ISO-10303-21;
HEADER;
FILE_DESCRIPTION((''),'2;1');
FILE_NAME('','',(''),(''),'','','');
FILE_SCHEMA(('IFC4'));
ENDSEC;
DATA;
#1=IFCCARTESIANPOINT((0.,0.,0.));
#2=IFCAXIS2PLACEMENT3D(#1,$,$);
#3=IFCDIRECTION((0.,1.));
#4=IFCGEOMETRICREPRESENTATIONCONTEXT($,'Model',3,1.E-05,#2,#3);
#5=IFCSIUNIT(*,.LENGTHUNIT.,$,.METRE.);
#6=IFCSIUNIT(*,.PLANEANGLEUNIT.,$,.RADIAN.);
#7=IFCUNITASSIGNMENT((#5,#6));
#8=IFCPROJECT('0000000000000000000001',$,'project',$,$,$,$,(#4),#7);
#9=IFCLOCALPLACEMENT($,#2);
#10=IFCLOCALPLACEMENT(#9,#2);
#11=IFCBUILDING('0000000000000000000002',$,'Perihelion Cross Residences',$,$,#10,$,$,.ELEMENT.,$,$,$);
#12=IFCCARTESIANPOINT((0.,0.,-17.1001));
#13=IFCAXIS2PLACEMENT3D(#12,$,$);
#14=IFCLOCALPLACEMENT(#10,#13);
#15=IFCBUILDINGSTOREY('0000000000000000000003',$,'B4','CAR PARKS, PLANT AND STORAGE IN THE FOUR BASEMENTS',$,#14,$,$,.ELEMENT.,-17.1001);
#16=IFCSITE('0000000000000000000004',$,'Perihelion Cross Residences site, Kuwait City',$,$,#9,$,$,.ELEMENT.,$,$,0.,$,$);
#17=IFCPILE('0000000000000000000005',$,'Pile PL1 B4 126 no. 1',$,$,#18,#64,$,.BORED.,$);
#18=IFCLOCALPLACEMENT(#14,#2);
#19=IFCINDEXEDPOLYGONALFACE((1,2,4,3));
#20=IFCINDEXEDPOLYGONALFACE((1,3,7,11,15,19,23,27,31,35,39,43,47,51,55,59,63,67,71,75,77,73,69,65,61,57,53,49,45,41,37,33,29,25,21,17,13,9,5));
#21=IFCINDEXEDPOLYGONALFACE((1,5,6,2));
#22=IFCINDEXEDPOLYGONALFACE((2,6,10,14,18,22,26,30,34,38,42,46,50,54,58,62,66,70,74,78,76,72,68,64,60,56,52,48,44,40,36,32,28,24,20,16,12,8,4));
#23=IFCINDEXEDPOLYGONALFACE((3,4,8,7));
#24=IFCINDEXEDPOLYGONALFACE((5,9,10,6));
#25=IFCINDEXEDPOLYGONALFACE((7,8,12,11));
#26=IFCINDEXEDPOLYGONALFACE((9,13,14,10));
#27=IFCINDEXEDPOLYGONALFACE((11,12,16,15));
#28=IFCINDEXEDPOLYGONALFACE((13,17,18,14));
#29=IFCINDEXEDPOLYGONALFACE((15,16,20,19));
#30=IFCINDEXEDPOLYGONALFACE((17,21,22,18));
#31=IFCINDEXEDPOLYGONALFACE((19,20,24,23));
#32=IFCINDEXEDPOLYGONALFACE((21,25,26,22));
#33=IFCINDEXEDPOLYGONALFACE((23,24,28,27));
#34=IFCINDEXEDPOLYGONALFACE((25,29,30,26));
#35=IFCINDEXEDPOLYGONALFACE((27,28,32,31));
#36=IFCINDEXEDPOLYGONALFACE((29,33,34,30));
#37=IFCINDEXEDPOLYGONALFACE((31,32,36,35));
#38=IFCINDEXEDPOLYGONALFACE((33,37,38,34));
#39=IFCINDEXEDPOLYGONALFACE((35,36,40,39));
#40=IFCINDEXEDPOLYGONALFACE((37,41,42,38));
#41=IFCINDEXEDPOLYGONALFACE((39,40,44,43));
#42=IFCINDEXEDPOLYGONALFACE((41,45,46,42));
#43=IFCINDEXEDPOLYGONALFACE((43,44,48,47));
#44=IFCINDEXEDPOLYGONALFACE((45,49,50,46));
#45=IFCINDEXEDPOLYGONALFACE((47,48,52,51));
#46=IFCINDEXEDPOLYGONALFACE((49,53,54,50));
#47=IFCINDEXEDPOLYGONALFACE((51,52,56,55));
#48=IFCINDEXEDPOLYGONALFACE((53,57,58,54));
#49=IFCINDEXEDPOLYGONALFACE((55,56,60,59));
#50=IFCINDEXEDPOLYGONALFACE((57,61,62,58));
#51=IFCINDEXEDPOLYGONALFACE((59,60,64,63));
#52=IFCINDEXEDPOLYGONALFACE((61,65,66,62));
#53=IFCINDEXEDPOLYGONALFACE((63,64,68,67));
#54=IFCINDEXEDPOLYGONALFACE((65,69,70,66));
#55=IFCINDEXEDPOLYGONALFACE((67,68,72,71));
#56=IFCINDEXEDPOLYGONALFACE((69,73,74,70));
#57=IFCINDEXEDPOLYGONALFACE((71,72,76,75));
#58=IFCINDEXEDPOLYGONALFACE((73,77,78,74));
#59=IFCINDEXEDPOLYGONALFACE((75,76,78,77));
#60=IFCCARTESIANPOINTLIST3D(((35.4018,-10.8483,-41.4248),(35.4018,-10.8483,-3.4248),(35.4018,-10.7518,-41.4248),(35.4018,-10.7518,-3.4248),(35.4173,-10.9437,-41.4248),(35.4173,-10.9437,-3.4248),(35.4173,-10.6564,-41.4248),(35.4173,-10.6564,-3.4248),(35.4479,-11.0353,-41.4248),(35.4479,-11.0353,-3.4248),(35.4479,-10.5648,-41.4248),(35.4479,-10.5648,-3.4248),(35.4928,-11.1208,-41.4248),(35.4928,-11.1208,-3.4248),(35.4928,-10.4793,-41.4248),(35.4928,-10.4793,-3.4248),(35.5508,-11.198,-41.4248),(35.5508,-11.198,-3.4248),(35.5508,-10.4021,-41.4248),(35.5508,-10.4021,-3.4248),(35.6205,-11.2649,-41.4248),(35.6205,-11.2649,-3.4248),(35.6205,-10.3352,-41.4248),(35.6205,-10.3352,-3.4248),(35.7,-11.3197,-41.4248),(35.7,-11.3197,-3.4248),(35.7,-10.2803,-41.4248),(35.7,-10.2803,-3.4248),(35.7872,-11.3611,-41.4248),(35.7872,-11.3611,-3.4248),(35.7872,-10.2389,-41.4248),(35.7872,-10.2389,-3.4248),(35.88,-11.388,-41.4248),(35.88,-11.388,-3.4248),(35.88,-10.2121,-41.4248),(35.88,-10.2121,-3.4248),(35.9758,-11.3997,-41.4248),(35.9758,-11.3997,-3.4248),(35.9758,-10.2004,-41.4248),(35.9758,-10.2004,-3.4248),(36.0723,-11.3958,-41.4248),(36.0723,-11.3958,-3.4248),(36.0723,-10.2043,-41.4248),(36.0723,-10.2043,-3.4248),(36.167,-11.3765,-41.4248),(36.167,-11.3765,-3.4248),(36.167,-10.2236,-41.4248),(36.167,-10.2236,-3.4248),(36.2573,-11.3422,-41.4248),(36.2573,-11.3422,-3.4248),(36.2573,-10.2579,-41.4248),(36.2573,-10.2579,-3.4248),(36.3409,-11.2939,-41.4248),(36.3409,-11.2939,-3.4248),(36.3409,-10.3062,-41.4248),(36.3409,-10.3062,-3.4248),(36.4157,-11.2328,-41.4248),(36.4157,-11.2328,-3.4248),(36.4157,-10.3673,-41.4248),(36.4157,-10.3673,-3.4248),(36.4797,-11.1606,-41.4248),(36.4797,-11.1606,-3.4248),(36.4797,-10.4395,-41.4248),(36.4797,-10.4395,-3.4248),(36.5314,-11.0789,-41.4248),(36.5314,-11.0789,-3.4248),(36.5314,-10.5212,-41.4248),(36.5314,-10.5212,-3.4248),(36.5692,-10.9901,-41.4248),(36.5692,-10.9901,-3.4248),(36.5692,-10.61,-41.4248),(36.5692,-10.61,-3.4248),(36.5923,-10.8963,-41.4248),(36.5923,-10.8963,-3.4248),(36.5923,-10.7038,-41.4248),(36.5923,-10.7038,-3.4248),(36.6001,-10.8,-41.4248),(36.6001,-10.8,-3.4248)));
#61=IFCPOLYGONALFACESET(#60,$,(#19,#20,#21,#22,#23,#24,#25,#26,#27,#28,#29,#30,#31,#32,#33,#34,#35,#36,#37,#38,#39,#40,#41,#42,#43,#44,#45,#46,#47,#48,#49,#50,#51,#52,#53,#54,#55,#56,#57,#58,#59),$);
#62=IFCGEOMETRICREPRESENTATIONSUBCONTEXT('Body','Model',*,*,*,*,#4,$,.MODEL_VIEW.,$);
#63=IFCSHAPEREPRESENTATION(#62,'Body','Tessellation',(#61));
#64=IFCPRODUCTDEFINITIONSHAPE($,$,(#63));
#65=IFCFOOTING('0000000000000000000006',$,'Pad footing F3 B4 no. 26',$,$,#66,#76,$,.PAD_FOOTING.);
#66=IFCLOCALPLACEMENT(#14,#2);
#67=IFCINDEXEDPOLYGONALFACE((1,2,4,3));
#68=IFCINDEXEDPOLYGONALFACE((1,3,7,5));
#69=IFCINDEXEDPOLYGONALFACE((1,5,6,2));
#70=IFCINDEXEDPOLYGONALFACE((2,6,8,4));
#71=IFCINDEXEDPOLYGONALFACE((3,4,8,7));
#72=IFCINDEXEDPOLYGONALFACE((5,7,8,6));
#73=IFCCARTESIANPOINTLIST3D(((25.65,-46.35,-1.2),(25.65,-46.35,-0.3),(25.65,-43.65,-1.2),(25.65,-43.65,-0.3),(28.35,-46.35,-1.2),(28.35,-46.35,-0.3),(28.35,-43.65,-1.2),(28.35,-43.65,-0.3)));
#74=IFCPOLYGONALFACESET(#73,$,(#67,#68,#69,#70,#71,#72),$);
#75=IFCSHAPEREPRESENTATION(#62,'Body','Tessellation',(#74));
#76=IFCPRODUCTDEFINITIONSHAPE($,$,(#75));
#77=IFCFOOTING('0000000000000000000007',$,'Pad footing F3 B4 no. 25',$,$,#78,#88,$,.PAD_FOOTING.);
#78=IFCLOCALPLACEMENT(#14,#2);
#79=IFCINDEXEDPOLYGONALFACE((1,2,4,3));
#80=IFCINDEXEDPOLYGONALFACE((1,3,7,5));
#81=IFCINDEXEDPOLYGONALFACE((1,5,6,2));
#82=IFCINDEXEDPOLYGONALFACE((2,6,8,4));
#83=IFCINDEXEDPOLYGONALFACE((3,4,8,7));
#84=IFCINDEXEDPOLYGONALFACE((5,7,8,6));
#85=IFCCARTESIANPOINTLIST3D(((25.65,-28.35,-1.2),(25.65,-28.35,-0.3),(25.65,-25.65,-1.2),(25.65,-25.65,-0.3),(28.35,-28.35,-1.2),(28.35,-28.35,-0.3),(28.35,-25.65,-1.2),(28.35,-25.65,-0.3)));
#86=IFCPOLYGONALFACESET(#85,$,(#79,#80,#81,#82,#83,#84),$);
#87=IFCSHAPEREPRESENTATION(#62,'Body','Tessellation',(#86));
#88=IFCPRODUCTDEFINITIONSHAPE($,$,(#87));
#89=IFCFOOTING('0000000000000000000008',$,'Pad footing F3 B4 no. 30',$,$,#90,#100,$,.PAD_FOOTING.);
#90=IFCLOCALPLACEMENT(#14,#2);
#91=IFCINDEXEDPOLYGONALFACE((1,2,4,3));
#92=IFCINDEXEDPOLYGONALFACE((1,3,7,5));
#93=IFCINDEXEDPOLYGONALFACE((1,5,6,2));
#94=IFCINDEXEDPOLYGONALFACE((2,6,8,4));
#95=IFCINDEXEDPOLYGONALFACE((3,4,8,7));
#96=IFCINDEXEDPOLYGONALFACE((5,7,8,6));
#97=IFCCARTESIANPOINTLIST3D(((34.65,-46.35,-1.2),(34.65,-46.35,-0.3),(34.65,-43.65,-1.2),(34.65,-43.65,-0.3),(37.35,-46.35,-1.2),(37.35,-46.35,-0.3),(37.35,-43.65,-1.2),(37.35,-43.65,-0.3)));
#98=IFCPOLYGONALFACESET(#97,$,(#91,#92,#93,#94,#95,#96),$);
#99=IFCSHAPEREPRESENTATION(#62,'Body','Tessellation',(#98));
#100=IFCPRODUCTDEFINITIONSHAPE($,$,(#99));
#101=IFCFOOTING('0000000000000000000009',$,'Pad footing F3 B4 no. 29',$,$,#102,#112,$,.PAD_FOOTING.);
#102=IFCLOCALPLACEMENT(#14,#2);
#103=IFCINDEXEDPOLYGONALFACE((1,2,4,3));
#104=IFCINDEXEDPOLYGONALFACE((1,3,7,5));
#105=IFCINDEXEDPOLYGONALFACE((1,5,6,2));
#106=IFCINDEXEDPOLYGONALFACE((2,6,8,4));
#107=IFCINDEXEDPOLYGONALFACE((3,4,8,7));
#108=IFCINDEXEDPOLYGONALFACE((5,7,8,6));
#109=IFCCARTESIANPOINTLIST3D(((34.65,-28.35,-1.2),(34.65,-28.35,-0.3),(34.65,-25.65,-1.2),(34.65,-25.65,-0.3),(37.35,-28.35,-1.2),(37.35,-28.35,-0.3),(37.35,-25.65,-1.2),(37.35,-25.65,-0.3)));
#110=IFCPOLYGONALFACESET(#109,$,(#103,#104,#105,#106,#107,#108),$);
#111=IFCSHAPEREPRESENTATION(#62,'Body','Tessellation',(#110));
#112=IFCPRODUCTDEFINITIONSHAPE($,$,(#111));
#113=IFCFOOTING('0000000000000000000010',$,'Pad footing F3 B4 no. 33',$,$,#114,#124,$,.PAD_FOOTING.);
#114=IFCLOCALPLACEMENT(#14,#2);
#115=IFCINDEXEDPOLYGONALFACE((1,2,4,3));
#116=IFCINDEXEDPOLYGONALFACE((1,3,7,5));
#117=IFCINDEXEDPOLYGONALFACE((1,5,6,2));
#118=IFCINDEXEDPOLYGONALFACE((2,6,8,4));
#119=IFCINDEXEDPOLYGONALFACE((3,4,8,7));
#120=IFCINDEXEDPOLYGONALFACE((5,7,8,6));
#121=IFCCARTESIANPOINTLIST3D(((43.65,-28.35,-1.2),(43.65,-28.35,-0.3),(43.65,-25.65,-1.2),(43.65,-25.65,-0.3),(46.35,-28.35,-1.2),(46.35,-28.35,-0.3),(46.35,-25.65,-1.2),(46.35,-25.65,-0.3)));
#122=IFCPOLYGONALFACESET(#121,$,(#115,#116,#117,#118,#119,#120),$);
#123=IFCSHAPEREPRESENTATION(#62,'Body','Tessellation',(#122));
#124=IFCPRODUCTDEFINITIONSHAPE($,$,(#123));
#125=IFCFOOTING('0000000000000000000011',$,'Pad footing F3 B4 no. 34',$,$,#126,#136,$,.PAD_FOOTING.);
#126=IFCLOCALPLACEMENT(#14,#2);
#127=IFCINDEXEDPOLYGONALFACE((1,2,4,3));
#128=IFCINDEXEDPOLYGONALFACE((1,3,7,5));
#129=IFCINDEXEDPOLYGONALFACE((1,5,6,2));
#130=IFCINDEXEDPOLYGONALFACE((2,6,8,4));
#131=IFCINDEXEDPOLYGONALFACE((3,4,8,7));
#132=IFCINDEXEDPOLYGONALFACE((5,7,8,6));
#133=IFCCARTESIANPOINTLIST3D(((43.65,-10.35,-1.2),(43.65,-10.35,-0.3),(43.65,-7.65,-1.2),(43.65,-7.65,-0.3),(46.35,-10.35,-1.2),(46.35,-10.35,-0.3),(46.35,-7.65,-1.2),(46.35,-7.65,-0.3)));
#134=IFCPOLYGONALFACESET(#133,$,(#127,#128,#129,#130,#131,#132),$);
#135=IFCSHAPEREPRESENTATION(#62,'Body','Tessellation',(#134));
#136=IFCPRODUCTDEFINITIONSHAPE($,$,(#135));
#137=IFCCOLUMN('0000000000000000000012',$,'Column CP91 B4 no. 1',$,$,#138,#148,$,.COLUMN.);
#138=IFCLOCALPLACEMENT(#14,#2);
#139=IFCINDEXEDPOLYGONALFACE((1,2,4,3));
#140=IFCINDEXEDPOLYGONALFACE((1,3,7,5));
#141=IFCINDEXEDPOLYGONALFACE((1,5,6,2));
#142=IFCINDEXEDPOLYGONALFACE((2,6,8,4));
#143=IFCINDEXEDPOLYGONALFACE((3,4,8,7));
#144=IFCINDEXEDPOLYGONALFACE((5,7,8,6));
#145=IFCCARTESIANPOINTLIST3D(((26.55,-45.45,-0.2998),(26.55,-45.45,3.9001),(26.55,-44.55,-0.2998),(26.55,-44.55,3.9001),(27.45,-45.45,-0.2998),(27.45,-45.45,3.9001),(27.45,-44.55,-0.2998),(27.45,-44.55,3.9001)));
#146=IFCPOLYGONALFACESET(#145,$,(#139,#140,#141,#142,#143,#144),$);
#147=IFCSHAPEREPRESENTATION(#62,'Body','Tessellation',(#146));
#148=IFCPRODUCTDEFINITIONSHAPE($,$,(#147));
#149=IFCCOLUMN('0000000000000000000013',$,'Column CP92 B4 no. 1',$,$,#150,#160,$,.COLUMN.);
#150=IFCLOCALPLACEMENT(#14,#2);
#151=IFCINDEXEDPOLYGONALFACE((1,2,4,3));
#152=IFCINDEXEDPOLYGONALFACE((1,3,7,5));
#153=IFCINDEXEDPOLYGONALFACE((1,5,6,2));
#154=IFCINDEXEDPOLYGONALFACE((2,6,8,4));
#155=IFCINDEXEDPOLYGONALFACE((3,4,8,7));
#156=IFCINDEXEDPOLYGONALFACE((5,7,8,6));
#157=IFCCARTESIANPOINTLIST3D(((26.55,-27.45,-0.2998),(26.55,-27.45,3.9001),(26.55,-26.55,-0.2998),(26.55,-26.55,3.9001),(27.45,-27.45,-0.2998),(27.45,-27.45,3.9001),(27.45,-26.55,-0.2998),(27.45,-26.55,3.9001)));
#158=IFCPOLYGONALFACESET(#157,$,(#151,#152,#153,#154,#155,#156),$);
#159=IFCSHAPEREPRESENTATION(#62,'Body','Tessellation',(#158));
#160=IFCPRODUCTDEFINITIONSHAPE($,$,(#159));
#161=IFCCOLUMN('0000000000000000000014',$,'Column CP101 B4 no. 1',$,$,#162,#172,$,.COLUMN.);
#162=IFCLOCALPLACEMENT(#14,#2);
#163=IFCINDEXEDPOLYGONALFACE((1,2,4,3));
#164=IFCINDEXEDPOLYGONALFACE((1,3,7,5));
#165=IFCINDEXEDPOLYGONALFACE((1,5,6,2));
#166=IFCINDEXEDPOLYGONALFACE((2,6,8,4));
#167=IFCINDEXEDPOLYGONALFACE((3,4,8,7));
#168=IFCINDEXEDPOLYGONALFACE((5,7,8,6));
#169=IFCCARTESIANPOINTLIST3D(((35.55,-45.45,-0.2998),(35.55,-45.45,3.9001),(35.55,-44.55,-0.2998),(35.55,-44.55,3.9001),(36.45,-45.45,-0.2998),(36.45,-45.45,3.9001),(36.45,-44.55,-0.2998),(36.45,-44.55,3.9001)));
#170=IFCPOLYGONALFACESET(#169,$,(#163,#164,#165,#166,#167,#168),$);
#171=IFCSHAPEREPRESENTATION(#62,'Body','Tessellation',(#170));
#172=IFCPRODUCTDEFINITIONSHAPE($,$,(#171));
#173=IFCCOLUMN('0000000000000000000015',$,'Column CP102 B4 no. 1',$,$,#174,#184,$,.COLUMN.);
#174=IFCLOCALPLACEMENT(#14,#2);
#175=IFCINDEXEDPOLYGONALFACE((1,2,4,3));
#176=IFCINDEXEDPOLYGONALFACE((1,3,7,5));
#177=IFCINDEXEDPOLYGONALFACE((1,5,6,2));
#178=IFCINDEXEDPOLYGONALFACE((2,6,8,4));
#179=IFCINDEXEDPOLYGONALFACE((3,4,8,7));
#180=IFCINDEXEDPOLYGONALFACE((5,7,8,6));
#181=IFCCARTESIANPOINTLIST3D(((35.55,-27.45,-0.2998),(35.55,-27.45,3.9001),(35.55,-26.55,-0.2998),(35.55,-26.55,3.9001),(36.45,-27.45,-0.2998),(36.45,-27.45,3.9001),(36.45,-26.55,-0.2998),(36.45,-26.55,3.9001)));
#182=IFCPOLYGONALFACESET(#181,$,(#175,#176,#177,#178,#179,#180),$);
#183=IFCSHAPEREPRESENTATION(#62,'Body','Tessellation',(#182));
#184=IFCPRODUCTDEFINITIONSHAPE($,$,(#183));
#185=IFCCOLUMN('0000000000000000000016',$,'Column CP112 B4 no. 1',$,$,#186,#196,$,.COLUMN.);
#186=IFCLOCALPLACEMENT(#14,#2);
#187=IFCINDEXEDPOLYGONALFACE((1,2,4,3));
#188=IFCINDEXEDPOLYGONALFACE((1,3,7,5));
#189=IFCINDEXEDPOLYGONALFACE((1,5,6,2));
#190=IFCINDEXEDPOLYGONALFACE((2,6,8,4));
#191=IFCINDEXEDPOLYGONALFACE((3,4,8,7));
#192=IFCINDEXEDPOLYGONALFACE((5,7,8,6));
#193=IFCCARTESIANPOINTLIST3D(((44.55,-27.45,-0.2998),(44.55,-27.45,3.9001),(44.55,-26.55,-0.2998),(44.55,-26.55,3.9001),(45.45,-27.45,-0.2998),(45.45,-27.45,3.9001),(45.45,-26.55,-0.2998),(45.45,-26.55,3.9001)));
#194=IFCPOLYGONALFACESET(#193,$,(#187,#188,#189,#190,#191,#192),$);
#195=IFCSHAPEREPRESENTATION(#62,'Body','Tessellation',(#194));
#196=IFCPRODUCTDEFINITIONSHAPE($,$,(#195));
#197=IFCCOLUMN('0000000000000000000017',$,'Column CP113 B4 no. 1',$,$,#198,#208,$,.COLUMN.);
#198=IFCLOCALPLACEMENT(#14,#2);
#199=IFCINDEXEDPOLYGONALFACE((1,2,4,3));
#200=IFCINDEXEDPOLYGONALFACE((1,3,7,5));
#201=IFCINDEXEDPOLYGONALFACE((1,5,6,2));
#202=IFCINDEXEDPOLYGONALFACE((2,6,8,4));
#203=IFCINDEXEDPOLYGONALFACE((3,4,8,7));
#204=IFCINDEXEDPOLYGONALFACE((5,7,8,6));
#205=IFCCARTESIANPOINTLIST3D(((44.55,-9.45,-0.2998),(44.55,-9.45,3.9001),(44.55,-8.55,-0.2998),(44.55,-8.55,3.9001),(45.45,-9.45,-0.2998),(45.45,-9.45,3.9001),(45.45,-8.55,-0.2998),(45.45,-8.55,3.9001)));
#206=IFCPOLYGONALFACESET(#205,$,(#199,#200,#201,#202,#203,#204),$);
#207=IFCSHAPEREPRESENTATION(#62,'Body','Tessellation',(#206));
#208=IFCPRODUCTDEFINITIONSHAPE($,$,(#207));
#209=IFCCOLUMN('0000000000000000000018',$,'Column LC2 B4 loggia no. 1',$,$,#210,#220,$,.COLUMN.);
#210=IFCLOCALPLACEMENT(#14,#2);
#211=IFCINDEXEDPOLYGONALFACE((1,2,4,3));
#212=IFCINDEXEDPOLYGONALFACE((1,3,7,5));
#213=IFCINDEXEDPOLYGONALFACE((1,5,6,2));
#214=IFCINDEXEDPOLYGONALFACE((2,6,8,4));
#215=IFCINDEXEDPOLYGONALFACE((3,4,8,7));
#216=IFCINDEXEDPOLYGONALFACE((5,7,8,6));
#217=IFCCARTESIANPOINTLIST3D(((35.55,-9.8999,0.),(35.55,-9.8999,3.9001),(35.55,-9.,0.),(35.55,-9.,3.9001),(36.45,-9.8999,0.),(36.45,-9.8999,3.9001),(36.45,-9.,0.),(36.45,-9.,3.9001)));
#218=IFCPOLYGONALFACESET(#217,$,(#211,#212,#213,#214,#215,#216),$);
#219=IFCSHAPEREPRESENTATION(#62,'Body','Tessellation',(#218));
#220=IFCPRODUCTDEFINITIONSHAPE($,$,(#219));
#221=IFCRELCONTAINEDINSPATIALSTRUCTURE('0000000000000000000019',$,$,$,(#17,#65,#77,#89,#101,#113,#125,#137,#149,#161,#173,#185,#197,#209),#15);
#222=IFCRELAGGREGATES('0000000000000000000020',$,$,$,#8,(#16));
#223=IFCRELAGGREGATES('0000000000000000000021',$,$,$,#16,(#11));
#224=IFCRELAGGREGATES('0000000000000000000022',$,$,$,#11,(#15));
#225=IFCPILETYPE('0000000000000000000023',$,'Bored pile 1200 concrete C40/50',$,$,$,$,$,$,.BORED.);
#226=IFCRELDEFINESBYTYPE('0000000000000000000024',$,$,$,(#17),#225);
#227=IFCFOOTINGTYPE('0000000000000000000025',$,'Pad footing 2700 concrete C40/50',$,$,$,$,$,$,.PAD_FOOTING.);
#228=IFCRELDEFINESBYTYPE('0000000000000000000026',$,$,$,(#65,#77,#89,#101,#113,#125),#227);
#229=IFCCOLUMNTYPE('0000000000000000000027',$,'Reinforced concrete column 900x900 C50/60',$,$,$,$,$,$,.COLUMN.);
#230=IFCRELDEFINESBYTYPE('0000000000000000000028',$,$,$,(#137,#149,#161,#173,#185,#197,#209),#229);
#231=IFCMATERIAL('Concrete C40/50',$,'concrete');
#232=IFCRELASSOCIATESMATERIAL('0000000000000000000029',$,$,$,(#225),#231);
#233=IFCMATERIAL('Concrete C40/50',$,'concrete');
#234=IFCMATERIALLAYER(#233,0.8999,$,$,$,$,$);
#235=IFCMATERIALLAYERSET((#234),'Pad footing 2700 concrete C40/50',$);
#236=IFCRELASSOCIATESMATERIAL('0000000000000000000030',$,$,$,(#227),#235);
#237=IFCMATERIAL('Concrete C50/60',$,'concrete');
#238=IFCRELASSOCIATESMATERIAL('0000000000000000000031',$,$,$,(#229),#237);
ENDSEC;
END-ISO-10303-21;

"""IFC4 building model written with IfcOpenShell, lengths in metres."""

from ifc_helpers import new_model, si_unit, direction, frame, origin, origin_2d, place, context, subcontext, project, spatial, rectangle, circle, extrude, material, layer, layer_set, material_profile, profile_set, type_object, element, save


model = new_model("IFC4")

# Units and contexts
model_context = context("Model", 3, precision=1e-05, world=origin(), true_north=direction((0.0, 1.0)))
body_context = subcontext(model_context, "Body", "Model", "MODEL_VIEW")
ifc_project = project(units=[si_unit("LENGTHUNIT", "METRE"), si_unit("PLANEANGLEUNIT", "RADIAN")], contexts=[model_context])

# Site, building, storey
site_placement = place(None, origin())
site = spatial("IfcSite", under=ifc_project, at=site_placement, Name="Perihelion Cross Residences site, Kuwait City", CompositionType="ELEMENT", RefElevation=0.0)
building_placement = place(site_placement, origin())
building = spatial("IfcBuilding", under=site, at=building_placement, Name="Perihelion Cross Residences", CompositionType="ELEMENT")
storey_placement = place(building_placement, frame((0.0, 0.0, -17.1001)))
storey = spatial("IfcBuildingStorey", under=building, at=storey_placement, Name="B4", Description="CAR PARKS, PLANT AND STORAGE IN THE FOUR BASEMENTS", CompositionType="ELEMENT", Elevation=-17.1001)

# Pile
ifc_material_1 = material(Name="Concrete C40/50", Category="concrete")
pile_type = type_object("IfcPileType", Name="Bored pile 1200 concrete C40/50", PredefinedType="BORED", material=ifc_material_1)
pile_placement = place(storey_placement, frame((36.0, -10.8, -3.4248), z_axis=(0.0, 0.0, -1.0), x_axis=(1.0, 0.0, 0.0)))
element("IfcPile", 1, at=pile_placement, inside=storey, type_object=pile_type, Name="Pile PL1 B4 126 no. 1", PredefinedType="BORED", context=body_context, shape_type="SweptSolid", body=[
    extrude(circle(Radius=0.6001, at=origin_2d()), origin(), (0.0, 0.0, 1.0), 38.0),
])

# Footings
ifc_material_2 = material(Name="Concrete C40/50", Category="concrete")
ifc_layer_1 = layer(ifc_material_2, 0.8999)
ifc_layer_set_1 = layer_set([ifc_layer_1], Name="Pad footing 2700 concrete C40/50")
footing_type = type_object("IfcFootingType", Name="Pad footing 2700 concrete C40/50", PredefinedType="PAD_FOOTING", material=ifc_layer_set_1)
for number, where, z_axis, x_axis, name in (
    (2, (27.0, -45.0, -1.2), (0.0, 0.0, 1.0), (1.0, 0.0, 0.0), "Pad footing F3 B4 no. 26"),
    (3, (27.0, -27.0, -1.2), (0.0, 0.0, 1.0), (1.0, 0.0, 0.0), "Pad footing F3 B4 no. 25"),
    (4, (36.0, -45.0, -1.2), (0.0, 0.0, 1.0), (1.0, 0.0, 0.0), "Pad footing F3 B4 no. 30"),
    (5, (36.0, -27.0, -1.2), (0.0, 0.0, 1.0), (1.0, 0.0, 0.0), "Pad footing F3 B4 no. 29"),
    (6, (45.0, -27.0, -1.2), (0.0, 0.0, 1.0), (1.0, 0.0, 0.0), "Pad footing F3 B4 no. 33"),
    (7, (45.0, -9.0, -1.2), (0.0, 0.0, 1.0), (1.0, 0.0, 0.0), "Pad footing F3 B4 no. 34"),
):
    element("IfcFooting", number, at=place(storey_placement, frame(where, z_axis=z_axis, x_axis=x_axis)), inside=storey, type_object=footing_type, Name=name, PredefinedType="PAD_FOOTING", context=body_context, shape_type="SweptSolid", body=[
        extrude(rectangle(XDim=2.7, YDim=2.7, at=origin_2d()), origin(), (0.0, 0.0, 1.0), 0.8999),
    ])

# Columns
ifc_material_3 = material(Name="Concrete C50/60", Category="concrete")
ifc_material_profile_1 = material_profile(ifc_material_3, rectangle(XDim=0.8999, YDim=0.8999, at=origin_2d()), Name="RC 900x900")
ifc_profile_set_1 = profile_set([ifc_material_profile_1], Name="Concrete C50/60")
column_type = type_object("IfcColumnType", Name="Reinforced concrete column 900x900 C50/60", PredefinedType="COLUMN", material=ifc_profile_set_1)
for number, where, z_axis, x_axis, name in (
    (8, (27.0, -45.0, -0.2998), (0.0, 0.0, 1.0), (1.0, 0.0, 0.0), "Column CP91 B4 no. 1"),
    (9, (27.0, -27.0, -0.2998), (0.0, 0.0, 1.0), (1.0, 0.0, 0.0), "Column CP92 B4 no. 1"),
    (10, (36.0, -45.0, -0.2998), (0.0, 0.0, 1.0), (1.0, 0.0, 0.0), "Column CP101 B4 no. 1"),
    (11, (36.0, -27.0, -0.2998), (0.0, 0.0, 1.0), (1.0, 0.0, 0.0), "Column CP102 B4 no. 1"),
    (12, (45.0, -27.0, -0.2998), (0.0, 0.0, 1.0), (1.0, 0.0, 0.0), "Column CP112 B4 no. 1"),
    (13, (45.0, -9.0, -0.2998), (0.0, 0.0, 1.0), (1.0, 0.0, 0.0), "Column CP113 B4 no. 1"),
):
    element("IfcColumn", number, at=place(storey_placement, frame(where, z_axis=z_axis, x_axis=x_axis)), inside=storey, type_object=column_type, Name=name, PredefinedType="COLUMN", context=body_context, shape_type="SweptSolid", body=[
        extrude(rectangle(XDim=0.8999, YDim=0.8999, at=origin_2d()), origin(), (0.0, 0.0, 1.0), 4.2),
    ])
column_placement = place(storey_placement, frame((36.0, -9.45, 0.0), z_axis=(0.0, 0.0, 1.0), x_axis=(1.0, 0.0, 0.0)))
element("IfcColumn", 14, at=column_placement, inside=storey, type_object=column_type, Name="Column LC2 B4 loggia no. 1", PredefinedType="COLUMN", context=body_context, shape_type="SweptSolid", body=[
    extrude(rectangle(XDim=0.8999, YDim=0.8999, at=origin_2d()), origin(), (0.0, 0.0, 1.0), 3.9001),
])

save(model, "model.ifc")
